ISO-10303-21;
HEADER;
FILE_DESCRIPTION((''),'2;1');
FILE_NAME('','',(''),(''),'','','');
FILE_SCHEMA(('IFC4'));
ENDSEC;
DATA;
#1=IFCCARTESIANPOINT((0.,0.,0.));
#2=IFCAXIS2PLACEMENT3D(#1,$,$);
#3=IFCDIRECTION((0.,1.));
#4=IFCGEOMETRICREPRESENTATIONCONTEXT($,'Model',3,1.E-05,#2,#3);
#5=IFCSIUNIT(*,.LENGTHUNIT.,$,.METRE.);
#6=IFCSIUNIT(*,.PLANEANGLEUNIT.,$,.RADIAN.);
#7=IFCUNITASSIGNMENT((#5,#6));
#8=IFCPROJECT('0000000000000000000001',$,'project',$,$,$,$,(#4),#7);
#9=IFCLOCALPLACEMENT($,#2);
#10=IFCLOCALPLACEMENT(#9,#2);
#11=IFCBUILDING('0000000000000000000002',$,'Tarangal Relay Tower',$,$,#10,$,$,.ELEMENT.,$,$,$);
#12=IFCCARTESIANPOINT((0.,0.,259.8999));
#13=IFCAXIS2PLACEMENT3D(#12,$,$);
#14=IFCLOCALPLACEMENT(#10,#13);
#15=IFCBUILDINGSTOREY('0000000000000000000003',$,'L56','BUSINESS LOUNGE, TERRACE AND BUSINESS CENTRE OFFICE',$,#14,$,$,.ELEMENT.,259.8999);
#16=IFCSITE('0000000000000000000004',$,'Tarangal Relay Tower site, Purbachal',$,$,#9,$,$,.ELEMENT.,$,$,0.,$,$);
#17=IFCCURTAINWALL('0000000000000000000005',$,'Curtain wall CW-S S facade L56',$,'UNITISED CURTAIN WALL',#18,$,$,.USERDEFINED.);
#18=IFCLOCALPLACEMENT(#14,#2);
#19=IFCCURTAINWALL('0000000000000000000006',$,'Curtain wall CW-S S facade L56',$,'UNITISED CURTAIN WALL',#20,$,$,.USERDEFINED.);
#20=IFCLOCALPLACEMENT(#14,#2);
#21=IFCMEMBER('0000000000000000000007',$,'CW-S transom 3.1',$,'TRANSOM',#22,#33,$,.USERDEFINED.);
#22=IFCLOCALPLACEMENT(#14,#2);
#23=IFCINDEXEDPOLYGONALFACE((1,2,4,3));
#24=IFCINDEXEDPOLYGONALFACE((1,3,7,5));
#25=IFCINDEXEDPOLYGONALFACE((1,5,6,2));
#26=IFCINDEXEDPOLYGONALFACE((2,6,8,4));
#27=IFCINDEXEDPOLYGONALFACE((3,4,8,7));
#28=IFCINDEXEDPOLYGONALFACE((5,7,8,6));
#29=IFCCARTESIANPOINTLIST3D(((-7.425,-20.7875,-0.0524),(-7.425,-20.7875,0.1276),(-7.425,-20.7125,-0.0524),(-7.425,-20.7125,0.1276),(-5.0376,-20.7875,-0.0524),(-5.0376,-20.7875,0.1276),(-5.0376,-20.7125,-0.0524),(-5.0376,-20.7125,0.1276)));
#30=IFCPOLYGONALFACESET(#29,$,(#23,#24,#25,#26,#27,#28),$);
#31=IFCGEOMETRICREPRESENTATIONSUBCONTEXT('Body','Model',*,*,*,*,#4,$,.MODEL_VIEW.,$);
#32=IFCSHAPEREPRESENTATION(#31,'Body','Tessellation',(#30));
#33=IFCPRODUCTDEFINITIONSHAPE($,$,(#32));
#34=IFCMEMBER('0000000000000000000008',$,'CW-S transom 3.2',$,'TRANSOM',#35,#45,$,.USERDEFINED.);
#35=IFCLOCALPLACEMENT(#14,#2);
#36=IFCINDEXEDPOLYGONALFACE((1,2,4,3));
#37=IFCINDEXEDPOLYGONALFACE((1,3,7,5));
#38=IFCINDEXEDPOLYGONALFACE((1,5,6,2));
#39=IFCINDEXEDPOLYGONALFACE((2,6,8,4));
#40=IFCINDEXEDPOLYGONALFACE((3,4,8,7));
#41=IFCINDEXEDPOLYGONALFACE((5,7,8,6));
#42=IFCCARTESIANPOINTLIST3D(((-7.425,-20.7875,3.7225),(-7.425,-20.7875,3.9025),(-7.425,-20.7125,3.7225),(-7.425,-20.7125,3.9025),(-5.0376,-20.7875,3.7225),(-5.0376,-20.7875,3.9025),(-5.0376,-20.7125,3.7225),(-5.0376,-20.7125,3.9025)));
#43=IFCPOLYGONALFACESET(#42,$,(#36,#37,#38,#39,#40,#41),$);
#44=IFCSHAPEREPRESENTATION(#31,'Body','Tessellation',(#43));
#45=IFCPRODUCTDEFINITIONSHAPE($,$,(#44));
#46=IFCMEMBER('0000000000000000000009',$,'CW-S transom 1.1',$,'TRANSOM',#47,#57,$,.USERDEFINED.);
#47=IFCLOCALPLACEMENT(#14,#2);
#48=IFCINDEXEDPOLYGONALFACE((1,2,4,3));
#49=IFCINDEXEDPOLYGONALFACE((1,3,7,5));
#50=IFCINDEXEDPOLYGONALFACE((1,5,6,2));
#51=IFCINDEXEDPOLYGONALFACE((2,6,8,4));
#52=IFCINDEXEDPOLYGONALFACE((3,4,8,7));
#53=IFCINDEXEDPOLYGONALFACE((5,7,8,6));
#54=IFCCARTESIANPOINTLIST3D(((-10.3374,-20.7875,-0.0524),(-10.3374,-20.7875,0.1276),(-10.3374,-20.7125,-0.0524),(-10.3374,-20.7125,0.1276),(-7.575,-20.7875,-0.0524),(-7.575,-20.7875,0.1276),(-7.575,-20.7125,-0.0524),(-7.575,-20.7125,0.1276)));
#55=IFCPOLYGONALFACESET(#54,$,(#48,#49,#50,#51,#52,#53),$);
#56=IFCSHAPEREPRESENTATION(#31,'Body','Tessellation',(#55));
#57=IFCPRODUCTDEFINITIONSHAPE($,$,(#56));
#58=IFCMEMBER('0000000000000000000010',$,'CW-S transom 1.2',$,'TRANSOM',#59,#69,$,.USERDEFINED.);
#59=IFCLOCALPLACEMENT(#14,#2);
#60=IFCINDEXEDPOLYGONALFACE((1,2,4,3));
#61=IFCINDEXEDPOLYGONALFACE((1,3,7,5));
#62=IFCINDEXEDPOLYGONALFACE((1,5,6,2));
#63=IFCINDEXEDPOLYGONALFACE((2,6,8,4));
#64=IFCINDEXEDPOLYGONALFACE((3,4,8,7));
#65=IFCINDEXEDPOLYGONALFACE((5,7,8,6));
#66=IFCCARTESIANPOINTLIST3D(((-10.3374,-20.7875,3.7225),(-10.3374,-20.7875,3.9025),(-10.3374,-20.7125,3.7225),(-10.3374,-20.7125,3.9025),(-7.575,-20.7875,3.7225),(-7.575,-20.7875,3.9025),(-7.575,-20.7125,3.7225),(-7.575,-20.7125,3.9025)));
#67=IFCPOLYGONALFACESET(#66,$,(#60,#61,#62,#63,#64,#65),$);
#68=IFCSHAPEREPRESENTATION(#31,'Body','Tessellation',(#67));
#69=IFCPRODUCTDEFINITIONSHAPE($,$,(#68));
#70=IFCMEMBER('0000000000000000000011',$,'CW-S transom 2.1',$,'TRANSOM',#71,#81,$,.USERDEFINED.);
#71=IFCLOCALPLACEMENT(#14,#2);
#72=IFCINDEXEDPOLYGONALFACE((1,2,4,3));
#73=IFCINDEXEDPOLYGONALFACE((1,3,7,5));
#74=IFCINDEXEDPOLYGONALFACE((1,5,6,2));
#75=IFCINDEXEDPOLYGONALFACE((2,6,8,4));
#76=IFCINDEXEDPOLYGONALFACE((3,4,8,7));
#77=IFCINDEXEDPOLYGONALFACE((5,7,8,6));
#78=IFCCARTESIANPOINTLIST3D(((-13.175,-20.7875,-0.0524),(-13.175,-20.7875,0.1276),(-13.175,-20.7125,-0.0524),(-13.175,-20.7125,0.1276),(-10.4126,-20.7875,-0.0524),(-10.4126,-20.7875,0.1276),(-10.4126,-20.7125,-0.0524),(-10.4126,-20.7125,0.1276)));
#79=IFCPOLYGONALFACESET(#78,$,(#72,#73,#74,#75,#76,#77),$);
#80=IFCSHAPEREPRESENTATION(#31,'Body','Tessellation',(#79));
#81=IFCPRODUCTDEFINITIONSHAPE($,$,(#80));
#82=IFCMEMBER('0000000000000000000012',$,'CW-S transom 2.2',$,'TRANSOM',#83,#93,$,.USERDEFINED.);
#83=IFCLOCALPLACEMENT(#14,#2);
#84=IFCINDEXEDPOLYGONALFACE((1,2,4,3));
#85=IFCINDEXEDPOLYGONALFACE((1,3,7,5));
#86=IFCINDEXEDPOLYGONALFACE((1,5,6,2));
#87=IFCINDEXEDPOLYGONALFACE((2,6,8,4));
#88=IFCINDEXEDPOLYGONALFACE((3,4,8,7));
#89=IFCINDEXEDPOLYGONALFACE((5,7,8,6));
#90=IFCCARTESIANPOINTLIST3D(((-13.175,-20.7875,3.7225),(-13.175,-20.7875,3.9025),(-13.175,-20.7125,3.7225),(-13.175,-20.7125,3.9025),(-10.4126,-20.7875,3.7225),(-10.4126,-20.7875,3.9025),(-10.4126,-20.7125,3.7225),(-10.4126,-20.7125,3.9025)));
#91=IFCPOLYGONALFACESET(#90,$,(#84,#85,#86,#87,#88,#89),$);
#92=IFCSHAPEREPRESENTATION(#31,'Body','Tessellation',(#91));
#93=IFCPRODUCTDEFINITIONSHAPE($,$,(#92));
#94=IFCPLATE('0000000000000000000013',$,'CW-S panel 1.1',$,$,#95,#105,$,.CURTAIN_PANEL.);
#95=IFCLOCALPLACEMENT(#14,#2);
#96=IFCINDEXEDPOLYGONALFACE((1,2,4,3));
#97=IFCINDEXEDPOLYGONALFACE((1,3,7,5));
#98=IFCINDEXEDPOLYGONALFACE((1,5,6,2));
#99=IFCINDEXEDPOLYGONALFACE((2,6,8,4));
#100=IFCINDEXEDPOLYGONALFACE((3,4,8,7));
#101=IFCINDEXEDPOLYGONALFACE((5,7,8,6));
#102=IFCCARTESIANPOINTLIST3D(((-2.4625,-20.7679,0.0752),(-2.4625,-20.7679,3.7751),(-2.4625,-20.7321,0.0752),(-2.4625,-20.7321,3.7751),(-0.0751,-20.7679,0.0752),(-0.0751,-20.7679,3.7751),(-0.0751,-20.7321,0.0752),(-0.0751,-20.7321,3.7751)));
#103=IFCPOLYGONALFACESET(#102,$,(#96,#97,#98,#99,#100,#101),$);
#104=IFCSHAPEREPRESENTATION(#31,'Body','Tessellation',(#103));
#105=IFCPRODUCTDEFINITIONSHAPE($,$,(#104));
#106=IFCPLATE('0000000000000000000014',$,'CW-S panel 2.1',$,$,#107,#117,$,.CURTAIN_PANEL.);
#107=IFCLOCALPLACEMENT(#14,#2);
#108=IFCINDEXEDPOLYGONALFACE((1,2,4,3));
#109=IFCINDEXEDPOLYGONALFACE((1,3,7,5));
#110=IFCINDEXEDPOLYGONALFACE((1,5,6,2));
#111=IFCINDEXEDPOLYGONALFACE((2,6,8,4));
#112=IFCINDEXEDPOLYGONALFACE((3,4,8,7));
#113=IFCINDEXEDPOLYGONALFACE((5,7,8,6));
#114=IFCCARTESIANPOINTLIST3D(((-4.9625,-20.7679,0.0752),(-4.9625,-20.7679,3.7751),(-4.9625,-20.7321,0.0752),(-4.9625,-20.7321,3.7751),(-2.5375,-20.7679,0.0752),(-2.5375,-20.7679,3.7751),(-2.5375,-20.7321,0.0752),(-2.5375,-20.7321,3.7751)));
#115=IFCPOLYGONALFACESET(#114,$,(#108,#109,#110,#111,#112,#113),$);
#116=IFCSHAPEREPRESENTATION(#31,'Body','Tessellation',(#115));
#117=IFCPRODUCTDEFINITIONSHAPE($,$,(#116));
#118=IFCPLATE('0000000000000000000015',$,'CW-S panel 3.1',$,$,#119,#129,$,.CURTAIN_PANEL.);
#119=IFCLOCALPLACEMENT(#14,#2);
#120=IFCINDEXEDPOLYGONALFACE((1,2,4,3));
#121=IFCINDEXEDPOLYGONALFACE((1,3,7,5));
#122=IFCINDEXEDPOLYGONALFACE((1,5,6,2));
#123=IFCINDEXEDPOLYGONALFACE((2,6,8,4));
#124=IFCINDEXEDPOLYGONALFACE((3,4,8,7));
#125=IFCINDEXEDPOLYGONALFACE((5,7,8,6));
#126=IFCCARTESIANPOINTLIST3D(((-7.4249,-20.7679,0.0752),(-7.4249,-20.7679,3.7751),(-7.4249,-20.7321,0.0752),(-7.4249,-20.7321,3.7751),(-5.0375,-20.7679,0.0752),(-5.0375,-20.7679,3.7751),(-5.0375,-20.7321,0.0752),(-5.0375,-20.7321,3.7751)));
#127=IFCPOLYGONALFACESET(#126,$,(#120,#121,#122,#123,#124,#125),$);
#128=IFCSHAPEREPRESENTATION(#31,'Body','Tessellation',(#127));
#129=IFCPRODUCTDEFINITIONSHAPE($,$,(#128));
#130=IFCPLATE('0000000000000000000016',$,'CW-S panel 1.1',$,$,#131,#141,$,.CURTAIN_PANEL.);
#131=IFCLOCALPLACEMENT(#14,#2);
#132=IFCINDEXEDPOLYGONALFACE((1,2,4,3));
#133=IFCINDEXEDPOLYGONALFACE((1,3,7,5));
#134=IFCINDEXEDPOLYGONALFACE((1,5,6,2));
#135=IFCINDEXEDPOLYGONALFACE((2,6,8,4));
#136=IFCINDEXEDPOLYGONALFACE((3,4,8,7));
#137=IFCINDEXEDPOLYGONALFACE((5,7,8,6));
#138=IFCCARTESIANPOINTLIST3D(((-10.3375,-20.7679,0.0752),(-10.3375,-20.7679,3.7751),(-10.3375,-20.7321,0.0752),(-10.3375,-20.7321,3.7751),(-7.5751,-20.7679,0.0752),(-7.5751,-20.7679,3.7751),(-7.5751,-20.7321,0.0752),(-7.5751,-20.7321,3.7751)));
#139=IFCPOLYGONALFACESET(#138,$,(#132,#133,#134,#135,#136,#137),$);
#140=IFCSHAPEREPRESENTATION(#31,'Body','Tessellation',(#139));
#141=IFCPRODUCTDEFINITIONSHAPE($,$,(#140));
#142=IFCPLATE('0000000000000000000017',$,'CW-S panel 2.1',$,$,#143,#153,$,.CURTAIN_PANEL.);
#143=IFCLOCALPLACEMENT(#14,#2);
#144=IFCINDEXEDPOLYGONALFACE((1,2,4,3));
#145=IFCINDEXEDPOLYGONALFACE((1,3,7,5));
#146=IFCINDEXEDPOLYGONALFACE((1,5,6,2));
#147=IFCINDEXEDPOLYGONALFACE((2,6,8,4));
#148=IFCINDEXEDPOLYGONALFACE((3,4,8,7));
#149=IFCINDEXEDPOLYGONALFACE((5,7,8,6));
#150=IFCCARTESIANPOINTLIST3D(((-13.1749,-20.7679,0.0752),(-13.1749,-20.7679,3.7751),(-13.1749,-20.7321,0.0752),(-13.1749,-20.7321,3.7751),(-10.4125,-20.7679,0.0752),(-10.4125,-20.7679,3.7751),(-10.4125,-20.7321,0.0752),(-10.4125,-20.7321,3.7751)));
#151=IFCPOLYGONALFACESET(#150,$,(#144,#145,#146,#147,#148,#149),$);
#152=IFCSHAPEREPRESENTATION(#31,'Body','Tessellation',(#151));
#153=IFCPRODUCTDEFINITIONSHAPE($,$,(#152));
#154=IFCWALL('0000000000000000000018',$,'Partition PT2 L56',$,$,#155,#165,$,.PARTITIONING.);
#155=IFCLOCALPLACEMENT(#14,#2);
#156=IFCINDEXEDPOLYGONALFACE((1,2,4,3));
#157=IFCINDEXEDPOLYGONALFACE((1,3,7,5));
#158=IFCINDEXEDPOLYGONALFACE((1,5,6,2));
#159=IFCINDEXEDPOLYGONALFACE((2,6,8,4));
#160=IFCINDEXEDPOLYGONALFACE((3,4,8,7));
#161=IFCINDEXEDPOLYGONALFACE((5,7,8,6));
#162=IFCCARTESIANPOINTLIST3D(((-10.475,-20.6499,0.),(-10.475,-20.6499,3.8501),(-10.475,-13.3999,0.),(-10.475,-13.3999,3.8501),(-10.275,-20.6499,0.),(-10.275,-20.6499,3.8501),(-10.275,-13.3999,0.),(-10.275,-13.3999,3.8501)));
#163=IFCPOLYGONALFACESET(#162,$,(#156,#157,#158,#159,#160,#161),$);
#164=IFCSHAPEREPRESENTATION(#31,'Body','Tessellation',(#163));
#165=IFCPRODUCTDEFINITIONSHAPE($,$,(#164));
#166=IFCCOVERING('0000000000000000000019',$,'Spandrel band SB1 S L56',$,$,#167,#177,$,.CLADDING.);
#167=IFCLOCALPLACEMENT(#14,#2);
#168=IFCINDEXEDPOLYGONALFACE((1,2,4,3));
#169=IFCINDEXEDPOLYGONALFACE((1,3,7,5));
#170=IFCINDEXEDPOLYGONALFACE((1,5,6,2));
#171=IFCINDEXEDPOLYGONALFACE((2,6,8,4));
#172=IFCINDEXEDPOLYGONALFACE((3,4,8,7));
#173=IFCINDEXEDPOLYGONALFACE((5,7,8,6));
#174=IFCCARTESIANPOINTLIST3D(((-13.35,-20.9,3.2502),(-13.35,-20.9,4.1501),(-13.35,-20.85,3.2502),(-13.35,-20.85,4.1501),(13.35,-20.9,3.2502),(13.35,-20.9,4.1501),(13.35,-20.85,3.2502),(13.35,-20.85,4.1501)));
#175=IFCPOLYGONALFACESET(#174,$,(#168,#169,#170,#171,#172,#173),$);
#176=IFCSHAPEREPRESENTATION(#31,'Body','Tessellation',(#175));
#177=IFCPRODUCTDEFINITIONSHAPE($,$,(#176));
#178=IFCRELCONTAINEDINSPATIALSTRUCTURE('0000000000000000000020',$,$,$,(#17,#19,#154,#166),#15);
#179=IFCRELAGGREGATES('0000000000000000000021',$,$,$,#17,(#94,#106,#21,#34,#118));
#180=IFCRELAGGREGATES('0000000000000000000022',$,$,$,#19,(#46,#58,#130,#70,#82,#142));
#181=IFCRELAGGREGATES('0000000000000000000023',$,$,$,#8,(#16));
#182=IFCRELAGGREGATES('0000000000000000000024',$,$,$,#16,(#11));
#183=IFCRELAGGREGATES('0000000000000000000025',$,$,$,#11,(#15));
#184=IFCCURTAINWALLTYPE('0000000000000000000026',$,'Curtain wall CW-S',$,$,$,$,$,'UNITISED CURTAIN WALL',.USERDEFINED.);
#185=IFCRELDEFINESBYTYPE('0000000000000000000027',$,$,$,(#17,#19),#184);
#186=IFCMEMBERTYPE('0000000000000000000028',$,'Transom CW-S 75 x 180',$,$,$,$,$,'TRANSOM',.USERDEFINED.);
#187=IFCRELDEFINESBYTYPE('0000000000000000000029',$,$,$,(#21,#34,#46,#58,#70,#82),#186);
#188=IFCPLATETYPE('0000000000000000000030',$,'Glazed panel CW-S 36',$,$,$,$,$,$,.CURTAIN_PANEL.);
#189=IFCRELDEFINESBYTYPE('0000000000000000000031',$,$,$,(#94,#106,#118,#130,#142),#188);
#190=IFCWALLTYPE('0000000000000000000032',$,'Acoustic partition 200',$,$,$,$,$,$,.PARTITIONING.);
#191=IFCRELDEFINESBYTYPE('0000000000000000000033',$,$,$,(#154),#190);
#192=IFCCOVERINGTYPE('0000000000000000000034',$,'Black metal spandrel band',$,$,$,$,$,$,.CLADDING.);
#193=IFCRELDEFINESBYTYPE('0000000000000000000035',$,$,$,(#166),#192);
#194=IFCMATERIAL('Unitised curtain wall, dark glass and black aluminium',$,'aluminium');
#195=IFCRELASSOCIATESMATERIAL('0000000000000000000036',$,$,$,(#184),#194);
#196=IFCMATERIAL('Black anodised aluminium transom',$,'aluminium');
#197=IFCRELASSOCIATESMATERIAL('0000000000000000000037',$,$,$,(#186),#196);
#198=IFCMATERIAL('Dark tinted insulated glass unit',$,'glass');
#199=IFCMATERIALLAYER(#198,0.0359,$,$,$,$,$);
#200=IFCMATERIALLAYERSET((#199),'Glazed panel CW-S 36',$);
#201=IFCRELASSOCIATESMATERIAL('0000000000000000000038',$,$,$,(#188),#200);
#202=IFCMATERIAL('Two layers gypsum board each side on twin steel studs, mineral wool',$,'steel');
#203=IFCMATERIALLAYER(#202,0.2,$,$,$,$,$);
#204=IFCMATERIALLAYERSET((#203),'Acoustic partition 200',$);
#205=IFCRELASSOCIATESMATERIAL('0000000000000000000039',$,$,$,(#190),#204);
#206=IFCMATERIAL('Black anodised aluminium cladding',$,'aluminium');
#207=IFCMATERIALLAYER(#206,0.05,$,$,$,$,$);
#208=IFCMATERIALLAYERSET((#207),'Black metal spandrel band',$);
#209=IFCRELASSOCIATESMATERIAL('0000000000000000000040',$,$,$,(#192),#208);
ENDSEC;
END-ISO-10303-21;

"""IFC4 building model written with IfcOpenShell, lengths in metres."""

from ifc_helpers import new_model, si_unit, direction, frame, frame_2d, origin, origin_2d, place, context, subcontext, project, spatial, rectangle, extrude, material, layer, layer_set, material_profile, profile_set, type_object, element, aggregate, save


model = new_model("IFC4")

# Units and contexts
model_context = context("Model", 3, precision=1e-05, world=origin(), true_north=direction((0.0, 1.0)))
body_context = subcontext(model_context, "Body", "Model", "MODEL_VIEW")
ifc_project = project(units=[si_unit("LENGTHUNIT", "METRE"), si_unit("PLANEANGLEUNIT", "RADIAN")], contexts=[model_context])

# Site, building, storey
site_placement = place(None, origin())
site = spatial("IfcSite", under=ifc_project, at=site_placement, Name="Tarangal Relay Tower site, Purbachal", CompositionType="ELEMENT", RefElevation=0.0)
building_placement = place(site_placement, origin())
building = spatial("IfcBuilding", under=site, at=building_placement, Name="Tarangal Relay Tower", CompositionType="ELEMENT")
storey_placement = place(building_placement, frame((0.0, 0.0, 259.8999)))
storey = spatial("IfcBuildingStorey", under=building, at=storey_placement, Name="L56", Description="BUSINESS LOUNGE, TERRACE AND BUSINESS CENTRE OFFICE", CompositionType="ELEMENT", Elevation=259.8999)

# Curtain walls
ifc_material_1 = material(Name="Unitised curtain wall, dark glass and black aluminium", Category="aluminium")
curtain_wall_type = type_object("IfcCurtainWallType", Name="Curtain wall CW-S", ElementType="UNITISED CURTAIN WALL", PredefinedType="USERDEFINED", material=ifc_material_1)
curtain_wall_1_placement = place(storey_placement, origin())
curtain_wall_1 = element("IfcCurtainWall", 1, at=curtain_wall_1_placement, inside=storey, type_object=curtain_wall_type, Name="Curtain wall CW-S S facade L56", ObjectType="UNITISED CURTAIN WALL", PredefinedType="USERDEFINED")
curtain_wall_2_placement = place(storey_placement, origin())
curtain_wall_2 = element("IfcCurtainWall", 2, at=curtain_wall_2_placement, inside=storey, type_object=curtain_wall_type, Name="Curtain wall CW-S S facade L56", ObjectType="UNITISED CURTAIN WALL", PredefinedType="USERDEFINED")

# Members
ifc_material_2 = material(Name="Black anodised aluminium transom", Category="aluminium")
ifc_material_profile_1 = material_profile(ifc_material_2, rectangle(XDim=0.075, YDim=0.1799, at=origin_2d()), Name="CW-ST 75X180")
ifc_profile_set_1 = profile_set([ifc_material_profile_1], Name="Black anodised aluminium transom")
member_type_1 = type_object("IfcMemberType", Name="Transom CW-S 75 x 180", ElementType="TRANSOM", PredefinedType="USERDEFINED", material=ifc_profile_set_1)
member_1_placement = place(storey_placement, frame((-5.0376, -20.75, 0.0376), z_axis=(-1.0, 0.0, 0.0), x_axis=(0.0, -1.0, 0.0)))
member_1 = element("IfcMember", 3, at=member_1_placement, type_object=member_type_1, Name="CW-S transom 3.1", ObjectType="TRANSOM", PredefinedType="USERDEFINED", context=body_context, shape_type="SweptSolid", body=[
    extrude(rectangle(XDim=0.075, YDim=0.1799, at=origin_2d()), origin(), (0.0, 0.0, 1.0), 2.3875),
])
member_2_placement = place(storey_placement, frame((-5.0376, -20.75, 3.8125), z_axis=(-1.0, 0.0, 0.0), x_axis=(0.0, -1.0, 0.0)))
member_2 = element("IfcMember", 4, at=member_2_placement, type_object=member_type_1, Name="CW-S transom 3.2", ObjectType="TRANSOM", PredefinedType="USERDEFINED", context=body_context, shape_type="SweptSolid", body=[
    extrude(rectangle(XDim=0.075, YDim=0.1799, at=origin_2d()), origin(), (0.0, 0.0, 1.0), 2.3875),
])
member_3_placement = place(storey_placement, frame((-7.575, -20.75, 0.0376), z_axis=(-1.0, 0.0, 0.0), x_axis=(0.0, -1.0, 0.0)))
member_3 = element("IfcMember", 5, at=member_3_placement, type_object=member_type_1, Name="CW-S transom 1.1", ObjectType="TRANSOM", PredefinedType="USERDEFINED", context=body_context, shape_type="SweptSolid", body=[
    extrude(rectangle(XDim=0.075, YDim=0.1799, at=origin_2d()), origin(), (0.0, 0.0, 1.0), 2.7625),
])
member_4_placement = place(storey_placement, frame((-7.575, -20.75, 3.8125), z_axis=(-1.0, 0.0, 0.0), x_axis=(0.0, -1.0, 0.0)))
member_4 = element("IfcMember", 6, at=member_4_placement, type_object=member_type_1, Name="CW-S transom 1.2", ObjectType="TRANSOM", PredefinedType="USERDEFINED", context=body_context, shape_type="SweptSolid", body=[
    extrude(rectangle(XDim=0.075, YDim=0.1799, at=origin_2d()), origin(), (0.0, 0.0, 1.0), 2.7625),
])
member_5_placement = place(storey_placement, frame((-10.4126, -20.75, 0.0376), z_axis=(-1.0, 0.0, 0.0), x_axis=(0.0, -1.0, 0.0)))
member_5 = element("IfcMember", 7, at=member_5_placement, type_object=member_type_1, Name="CW-S transom 2.1", ObjectType="TRANSOM", PredefinedType="USERDEFINED", context=body_context, shape_type="SweptSolid", body=[
    extrude(rectangle(XDim=0.075, YDim=0.1799, at=origin_2d()), origin(), (0.0, 0.0, 1.0), 2.7625),
])
member_6_placement = place(storey_placement, frame((-10.4126, -20.75, 3.8125), z_axis=(-1.0, 0.0, 0.0), x_axis=(0.0, -1.0, 0.0)))
member_6 = element("IfcMember", 8, at=member_6_placement, type_object=member_type_1, Name="CW-S transom 2.2", ObjectType="TRANSOM", PredefinedType="USERDEFINED", context=body_context, shape_type="SweptSolid", body=[
    extrude(rectangle(XDim=0.075, YDim=0.1799, at=origin_2d()), origin(), (0.0, 0.0, 1.0), 2.7625),
])

# Plates
ifc_material_3 = material(Name="Dark tinted insulated glass unit", Category="glass")
ifc_layer_1 = layer(ifc_material_3, 0.0359)
ifc_layer_set_1 = layer_set([ifc_layer_1], Name="Glazed panel CW-S 36")
plate_type = type_object("IfcPlateType", Name="Glazed panel CW-S 36", PredefinedType="CURTAIN_PANEL", material=ifc_layer_set_1)
plate_1_placement = place(storey_placement, frame((-1.2688, -20.75, 0.0752), z_axis=(0.0, 0.0, 1.0), x_axis=(-1.0, 0.0, 0.0)))
plate_1 = element("IfcPlate", 9, at=plate_1_placement, type_object=plate_type, Name="CW-S panel 1.1", PredefinedType="CURTAIN_PANEL", context=body_context, shape_type="SweptSolid", body=[
    extrude(rectangle(XDim=2.3875, YDim=0.0359, at=origin_2d()), origin(), (0.0, 0.0, 1.0), 3.7),
])
plate_2_placement = place(storey_placement, frame((-3.75, -20.75, 0.0752), z_axis=(0.0, 0.0, 1.0), x_axis=(-1.0, 0.0, 0.0)))
plate_2 = element("IfcPlate", 10, at=plate_2_placement, type_object=plate_type, Name="CW-S panel 2.1", PredefinedType="CURTAIN_PANEL", context=body_context, shape_type="SweptSolid", body=[
    extrude(rectangle(XDim=2.425, YDim=0.0359, at=origin_2d()), origin(), (0.0, 0.0, 1.0), 3.7),
])
plate_3_placement = place(storey_placement, frame((-6.2312, -20.75, 0.0752), z_axis=(0.0, 0.0, 1.0), x_axis=(-1.0, 0.0, 0.0)))
plate_3 = element("IfcPlate", 11, at=plate_3_placement, type_object=plate_type, Name="CW-S panel 3.1", PredefinedType="CURTAIN_PANEL", context=body_context, shape_type="SweptSolid", body=[
    extrude(rectangle(XDim=2.3875, YDim=0.0359, at=origin_2d()), origin(), (0.0, 0.0, 1.0), 3.7),
])
aggregate(curtain_wall_1, [plate_1, plate_2, member_1, member_2, plate_3])
plate_4_placement = place(storey_placement, frame((-8.9563, -20.75, 0.0752), z_axis=(0.0, 0.0, 1.0), x_axis=(-1.0, 0.0, 0.0)))
plate_4 = element("IfcPlate", 12, at=plate_4_placement, type_object=plate_type, Name="CW-S panel 1.1", PredefinedType="CURTAIN_PANEL", context=body_context, shape_type="SweptSolid", body=[
    extrude(rectangle(XDim=2.7625, YDim=0.0359, at=origin_2d()), origin(), (0.0, 0.0, 1.0), 3.7),
])
plate_5_placement = place(storey_placement, frame((-11.7937, -20.75, 0.0752), z_axis=(0.0, 0.0, 1.0), x_axis=(-1.0, 0.0, 0.0)))
plate_5 = element("IfcPlate", 13, at=plate_5_placement, type_object=plate_type, Name="CW-S panel 2.1", PredefinedType="CURTAIN_PANEL", context=body_context, shape_type="SweptSolid", body=[
    extrude(rectangle(XDim=2.7625, YDim=0.0359, at=origin_2d()), origin(), (0.0, 0.0, 1.0), 3.7),
])
aggregate(curtain_wall_2, [member_3, member_4, plate_4, member_5, member_6, plate_5])

# Wall
ifc_material_4 = material(Name="Two layers gypsum board each side on twin steel studs, mineral wool", Category="steel")
ifc_layer_2 = layer(ifc_material_4, 0.2)
ifc_layer_set_2 = layer_set([ifc_layer_2], Name="Acoustic partition 200")
wall_type = type_object("IfcWallType", Name="Acoustic partition 200", PredefinedType="PARTITIONING", material=ifc_layer_set_2)
wall_placement = place(storey_placement, frame((-10.375, -20.6499, 0.0), z_axis=(0.0, 0.0, 1.0), x_axis=(0.0, 1.0, 0.0)))
element("IfcWall", 14, at=wall_placement, inside=storey, type_object=wall_type, Name="Partition PT2 L56", PredefinedType="PARTITIONING", context=body_context, shape_type="SweptSolid", body=[
    extrude(rectangle(XDim=7.25, YDim=0.2, at=frame_2d((3.625, 0.0))), origin(), (0.0, 0.0, 1.0), 3.8501),
])

# Covering
ifc_material_5 = material(Name="Black anodised aluminium cladding", Category="aluminium")
ifc_layer_3 = layer(ifc_material_5, 0.05)
ifc_layer_set_3 = layer_set([ifc_layer_3], Name="Black metal spandrel band")
covering_type = type_object("IfcCoveringType", Name="Black metal spandrel band", PredefinedType="CLADDING", material=ifc_layer_set_3)
covering_placement = place(storey_placement, frame((0.0, -20.875, 3.2502), z_axis=(0.0, 0.0, 1.0), x_axis=(-1.0, 0.0, 0.0)))
element("IfcCovering", 15, at=covering_placement, inside=storey, type_object=covering_type, Name="Spandrel band SB1 S L56", PredefinedType="CLADDING", context=body_context, shape_type="SweptSolid", body=[
    extrude(rectangle(XDim=26.7, YDim=0.05, at=origin_2d()), origin(), (0.0, 0.0, 1.0), 0.8999),
])

save(model, "model.ifc")
